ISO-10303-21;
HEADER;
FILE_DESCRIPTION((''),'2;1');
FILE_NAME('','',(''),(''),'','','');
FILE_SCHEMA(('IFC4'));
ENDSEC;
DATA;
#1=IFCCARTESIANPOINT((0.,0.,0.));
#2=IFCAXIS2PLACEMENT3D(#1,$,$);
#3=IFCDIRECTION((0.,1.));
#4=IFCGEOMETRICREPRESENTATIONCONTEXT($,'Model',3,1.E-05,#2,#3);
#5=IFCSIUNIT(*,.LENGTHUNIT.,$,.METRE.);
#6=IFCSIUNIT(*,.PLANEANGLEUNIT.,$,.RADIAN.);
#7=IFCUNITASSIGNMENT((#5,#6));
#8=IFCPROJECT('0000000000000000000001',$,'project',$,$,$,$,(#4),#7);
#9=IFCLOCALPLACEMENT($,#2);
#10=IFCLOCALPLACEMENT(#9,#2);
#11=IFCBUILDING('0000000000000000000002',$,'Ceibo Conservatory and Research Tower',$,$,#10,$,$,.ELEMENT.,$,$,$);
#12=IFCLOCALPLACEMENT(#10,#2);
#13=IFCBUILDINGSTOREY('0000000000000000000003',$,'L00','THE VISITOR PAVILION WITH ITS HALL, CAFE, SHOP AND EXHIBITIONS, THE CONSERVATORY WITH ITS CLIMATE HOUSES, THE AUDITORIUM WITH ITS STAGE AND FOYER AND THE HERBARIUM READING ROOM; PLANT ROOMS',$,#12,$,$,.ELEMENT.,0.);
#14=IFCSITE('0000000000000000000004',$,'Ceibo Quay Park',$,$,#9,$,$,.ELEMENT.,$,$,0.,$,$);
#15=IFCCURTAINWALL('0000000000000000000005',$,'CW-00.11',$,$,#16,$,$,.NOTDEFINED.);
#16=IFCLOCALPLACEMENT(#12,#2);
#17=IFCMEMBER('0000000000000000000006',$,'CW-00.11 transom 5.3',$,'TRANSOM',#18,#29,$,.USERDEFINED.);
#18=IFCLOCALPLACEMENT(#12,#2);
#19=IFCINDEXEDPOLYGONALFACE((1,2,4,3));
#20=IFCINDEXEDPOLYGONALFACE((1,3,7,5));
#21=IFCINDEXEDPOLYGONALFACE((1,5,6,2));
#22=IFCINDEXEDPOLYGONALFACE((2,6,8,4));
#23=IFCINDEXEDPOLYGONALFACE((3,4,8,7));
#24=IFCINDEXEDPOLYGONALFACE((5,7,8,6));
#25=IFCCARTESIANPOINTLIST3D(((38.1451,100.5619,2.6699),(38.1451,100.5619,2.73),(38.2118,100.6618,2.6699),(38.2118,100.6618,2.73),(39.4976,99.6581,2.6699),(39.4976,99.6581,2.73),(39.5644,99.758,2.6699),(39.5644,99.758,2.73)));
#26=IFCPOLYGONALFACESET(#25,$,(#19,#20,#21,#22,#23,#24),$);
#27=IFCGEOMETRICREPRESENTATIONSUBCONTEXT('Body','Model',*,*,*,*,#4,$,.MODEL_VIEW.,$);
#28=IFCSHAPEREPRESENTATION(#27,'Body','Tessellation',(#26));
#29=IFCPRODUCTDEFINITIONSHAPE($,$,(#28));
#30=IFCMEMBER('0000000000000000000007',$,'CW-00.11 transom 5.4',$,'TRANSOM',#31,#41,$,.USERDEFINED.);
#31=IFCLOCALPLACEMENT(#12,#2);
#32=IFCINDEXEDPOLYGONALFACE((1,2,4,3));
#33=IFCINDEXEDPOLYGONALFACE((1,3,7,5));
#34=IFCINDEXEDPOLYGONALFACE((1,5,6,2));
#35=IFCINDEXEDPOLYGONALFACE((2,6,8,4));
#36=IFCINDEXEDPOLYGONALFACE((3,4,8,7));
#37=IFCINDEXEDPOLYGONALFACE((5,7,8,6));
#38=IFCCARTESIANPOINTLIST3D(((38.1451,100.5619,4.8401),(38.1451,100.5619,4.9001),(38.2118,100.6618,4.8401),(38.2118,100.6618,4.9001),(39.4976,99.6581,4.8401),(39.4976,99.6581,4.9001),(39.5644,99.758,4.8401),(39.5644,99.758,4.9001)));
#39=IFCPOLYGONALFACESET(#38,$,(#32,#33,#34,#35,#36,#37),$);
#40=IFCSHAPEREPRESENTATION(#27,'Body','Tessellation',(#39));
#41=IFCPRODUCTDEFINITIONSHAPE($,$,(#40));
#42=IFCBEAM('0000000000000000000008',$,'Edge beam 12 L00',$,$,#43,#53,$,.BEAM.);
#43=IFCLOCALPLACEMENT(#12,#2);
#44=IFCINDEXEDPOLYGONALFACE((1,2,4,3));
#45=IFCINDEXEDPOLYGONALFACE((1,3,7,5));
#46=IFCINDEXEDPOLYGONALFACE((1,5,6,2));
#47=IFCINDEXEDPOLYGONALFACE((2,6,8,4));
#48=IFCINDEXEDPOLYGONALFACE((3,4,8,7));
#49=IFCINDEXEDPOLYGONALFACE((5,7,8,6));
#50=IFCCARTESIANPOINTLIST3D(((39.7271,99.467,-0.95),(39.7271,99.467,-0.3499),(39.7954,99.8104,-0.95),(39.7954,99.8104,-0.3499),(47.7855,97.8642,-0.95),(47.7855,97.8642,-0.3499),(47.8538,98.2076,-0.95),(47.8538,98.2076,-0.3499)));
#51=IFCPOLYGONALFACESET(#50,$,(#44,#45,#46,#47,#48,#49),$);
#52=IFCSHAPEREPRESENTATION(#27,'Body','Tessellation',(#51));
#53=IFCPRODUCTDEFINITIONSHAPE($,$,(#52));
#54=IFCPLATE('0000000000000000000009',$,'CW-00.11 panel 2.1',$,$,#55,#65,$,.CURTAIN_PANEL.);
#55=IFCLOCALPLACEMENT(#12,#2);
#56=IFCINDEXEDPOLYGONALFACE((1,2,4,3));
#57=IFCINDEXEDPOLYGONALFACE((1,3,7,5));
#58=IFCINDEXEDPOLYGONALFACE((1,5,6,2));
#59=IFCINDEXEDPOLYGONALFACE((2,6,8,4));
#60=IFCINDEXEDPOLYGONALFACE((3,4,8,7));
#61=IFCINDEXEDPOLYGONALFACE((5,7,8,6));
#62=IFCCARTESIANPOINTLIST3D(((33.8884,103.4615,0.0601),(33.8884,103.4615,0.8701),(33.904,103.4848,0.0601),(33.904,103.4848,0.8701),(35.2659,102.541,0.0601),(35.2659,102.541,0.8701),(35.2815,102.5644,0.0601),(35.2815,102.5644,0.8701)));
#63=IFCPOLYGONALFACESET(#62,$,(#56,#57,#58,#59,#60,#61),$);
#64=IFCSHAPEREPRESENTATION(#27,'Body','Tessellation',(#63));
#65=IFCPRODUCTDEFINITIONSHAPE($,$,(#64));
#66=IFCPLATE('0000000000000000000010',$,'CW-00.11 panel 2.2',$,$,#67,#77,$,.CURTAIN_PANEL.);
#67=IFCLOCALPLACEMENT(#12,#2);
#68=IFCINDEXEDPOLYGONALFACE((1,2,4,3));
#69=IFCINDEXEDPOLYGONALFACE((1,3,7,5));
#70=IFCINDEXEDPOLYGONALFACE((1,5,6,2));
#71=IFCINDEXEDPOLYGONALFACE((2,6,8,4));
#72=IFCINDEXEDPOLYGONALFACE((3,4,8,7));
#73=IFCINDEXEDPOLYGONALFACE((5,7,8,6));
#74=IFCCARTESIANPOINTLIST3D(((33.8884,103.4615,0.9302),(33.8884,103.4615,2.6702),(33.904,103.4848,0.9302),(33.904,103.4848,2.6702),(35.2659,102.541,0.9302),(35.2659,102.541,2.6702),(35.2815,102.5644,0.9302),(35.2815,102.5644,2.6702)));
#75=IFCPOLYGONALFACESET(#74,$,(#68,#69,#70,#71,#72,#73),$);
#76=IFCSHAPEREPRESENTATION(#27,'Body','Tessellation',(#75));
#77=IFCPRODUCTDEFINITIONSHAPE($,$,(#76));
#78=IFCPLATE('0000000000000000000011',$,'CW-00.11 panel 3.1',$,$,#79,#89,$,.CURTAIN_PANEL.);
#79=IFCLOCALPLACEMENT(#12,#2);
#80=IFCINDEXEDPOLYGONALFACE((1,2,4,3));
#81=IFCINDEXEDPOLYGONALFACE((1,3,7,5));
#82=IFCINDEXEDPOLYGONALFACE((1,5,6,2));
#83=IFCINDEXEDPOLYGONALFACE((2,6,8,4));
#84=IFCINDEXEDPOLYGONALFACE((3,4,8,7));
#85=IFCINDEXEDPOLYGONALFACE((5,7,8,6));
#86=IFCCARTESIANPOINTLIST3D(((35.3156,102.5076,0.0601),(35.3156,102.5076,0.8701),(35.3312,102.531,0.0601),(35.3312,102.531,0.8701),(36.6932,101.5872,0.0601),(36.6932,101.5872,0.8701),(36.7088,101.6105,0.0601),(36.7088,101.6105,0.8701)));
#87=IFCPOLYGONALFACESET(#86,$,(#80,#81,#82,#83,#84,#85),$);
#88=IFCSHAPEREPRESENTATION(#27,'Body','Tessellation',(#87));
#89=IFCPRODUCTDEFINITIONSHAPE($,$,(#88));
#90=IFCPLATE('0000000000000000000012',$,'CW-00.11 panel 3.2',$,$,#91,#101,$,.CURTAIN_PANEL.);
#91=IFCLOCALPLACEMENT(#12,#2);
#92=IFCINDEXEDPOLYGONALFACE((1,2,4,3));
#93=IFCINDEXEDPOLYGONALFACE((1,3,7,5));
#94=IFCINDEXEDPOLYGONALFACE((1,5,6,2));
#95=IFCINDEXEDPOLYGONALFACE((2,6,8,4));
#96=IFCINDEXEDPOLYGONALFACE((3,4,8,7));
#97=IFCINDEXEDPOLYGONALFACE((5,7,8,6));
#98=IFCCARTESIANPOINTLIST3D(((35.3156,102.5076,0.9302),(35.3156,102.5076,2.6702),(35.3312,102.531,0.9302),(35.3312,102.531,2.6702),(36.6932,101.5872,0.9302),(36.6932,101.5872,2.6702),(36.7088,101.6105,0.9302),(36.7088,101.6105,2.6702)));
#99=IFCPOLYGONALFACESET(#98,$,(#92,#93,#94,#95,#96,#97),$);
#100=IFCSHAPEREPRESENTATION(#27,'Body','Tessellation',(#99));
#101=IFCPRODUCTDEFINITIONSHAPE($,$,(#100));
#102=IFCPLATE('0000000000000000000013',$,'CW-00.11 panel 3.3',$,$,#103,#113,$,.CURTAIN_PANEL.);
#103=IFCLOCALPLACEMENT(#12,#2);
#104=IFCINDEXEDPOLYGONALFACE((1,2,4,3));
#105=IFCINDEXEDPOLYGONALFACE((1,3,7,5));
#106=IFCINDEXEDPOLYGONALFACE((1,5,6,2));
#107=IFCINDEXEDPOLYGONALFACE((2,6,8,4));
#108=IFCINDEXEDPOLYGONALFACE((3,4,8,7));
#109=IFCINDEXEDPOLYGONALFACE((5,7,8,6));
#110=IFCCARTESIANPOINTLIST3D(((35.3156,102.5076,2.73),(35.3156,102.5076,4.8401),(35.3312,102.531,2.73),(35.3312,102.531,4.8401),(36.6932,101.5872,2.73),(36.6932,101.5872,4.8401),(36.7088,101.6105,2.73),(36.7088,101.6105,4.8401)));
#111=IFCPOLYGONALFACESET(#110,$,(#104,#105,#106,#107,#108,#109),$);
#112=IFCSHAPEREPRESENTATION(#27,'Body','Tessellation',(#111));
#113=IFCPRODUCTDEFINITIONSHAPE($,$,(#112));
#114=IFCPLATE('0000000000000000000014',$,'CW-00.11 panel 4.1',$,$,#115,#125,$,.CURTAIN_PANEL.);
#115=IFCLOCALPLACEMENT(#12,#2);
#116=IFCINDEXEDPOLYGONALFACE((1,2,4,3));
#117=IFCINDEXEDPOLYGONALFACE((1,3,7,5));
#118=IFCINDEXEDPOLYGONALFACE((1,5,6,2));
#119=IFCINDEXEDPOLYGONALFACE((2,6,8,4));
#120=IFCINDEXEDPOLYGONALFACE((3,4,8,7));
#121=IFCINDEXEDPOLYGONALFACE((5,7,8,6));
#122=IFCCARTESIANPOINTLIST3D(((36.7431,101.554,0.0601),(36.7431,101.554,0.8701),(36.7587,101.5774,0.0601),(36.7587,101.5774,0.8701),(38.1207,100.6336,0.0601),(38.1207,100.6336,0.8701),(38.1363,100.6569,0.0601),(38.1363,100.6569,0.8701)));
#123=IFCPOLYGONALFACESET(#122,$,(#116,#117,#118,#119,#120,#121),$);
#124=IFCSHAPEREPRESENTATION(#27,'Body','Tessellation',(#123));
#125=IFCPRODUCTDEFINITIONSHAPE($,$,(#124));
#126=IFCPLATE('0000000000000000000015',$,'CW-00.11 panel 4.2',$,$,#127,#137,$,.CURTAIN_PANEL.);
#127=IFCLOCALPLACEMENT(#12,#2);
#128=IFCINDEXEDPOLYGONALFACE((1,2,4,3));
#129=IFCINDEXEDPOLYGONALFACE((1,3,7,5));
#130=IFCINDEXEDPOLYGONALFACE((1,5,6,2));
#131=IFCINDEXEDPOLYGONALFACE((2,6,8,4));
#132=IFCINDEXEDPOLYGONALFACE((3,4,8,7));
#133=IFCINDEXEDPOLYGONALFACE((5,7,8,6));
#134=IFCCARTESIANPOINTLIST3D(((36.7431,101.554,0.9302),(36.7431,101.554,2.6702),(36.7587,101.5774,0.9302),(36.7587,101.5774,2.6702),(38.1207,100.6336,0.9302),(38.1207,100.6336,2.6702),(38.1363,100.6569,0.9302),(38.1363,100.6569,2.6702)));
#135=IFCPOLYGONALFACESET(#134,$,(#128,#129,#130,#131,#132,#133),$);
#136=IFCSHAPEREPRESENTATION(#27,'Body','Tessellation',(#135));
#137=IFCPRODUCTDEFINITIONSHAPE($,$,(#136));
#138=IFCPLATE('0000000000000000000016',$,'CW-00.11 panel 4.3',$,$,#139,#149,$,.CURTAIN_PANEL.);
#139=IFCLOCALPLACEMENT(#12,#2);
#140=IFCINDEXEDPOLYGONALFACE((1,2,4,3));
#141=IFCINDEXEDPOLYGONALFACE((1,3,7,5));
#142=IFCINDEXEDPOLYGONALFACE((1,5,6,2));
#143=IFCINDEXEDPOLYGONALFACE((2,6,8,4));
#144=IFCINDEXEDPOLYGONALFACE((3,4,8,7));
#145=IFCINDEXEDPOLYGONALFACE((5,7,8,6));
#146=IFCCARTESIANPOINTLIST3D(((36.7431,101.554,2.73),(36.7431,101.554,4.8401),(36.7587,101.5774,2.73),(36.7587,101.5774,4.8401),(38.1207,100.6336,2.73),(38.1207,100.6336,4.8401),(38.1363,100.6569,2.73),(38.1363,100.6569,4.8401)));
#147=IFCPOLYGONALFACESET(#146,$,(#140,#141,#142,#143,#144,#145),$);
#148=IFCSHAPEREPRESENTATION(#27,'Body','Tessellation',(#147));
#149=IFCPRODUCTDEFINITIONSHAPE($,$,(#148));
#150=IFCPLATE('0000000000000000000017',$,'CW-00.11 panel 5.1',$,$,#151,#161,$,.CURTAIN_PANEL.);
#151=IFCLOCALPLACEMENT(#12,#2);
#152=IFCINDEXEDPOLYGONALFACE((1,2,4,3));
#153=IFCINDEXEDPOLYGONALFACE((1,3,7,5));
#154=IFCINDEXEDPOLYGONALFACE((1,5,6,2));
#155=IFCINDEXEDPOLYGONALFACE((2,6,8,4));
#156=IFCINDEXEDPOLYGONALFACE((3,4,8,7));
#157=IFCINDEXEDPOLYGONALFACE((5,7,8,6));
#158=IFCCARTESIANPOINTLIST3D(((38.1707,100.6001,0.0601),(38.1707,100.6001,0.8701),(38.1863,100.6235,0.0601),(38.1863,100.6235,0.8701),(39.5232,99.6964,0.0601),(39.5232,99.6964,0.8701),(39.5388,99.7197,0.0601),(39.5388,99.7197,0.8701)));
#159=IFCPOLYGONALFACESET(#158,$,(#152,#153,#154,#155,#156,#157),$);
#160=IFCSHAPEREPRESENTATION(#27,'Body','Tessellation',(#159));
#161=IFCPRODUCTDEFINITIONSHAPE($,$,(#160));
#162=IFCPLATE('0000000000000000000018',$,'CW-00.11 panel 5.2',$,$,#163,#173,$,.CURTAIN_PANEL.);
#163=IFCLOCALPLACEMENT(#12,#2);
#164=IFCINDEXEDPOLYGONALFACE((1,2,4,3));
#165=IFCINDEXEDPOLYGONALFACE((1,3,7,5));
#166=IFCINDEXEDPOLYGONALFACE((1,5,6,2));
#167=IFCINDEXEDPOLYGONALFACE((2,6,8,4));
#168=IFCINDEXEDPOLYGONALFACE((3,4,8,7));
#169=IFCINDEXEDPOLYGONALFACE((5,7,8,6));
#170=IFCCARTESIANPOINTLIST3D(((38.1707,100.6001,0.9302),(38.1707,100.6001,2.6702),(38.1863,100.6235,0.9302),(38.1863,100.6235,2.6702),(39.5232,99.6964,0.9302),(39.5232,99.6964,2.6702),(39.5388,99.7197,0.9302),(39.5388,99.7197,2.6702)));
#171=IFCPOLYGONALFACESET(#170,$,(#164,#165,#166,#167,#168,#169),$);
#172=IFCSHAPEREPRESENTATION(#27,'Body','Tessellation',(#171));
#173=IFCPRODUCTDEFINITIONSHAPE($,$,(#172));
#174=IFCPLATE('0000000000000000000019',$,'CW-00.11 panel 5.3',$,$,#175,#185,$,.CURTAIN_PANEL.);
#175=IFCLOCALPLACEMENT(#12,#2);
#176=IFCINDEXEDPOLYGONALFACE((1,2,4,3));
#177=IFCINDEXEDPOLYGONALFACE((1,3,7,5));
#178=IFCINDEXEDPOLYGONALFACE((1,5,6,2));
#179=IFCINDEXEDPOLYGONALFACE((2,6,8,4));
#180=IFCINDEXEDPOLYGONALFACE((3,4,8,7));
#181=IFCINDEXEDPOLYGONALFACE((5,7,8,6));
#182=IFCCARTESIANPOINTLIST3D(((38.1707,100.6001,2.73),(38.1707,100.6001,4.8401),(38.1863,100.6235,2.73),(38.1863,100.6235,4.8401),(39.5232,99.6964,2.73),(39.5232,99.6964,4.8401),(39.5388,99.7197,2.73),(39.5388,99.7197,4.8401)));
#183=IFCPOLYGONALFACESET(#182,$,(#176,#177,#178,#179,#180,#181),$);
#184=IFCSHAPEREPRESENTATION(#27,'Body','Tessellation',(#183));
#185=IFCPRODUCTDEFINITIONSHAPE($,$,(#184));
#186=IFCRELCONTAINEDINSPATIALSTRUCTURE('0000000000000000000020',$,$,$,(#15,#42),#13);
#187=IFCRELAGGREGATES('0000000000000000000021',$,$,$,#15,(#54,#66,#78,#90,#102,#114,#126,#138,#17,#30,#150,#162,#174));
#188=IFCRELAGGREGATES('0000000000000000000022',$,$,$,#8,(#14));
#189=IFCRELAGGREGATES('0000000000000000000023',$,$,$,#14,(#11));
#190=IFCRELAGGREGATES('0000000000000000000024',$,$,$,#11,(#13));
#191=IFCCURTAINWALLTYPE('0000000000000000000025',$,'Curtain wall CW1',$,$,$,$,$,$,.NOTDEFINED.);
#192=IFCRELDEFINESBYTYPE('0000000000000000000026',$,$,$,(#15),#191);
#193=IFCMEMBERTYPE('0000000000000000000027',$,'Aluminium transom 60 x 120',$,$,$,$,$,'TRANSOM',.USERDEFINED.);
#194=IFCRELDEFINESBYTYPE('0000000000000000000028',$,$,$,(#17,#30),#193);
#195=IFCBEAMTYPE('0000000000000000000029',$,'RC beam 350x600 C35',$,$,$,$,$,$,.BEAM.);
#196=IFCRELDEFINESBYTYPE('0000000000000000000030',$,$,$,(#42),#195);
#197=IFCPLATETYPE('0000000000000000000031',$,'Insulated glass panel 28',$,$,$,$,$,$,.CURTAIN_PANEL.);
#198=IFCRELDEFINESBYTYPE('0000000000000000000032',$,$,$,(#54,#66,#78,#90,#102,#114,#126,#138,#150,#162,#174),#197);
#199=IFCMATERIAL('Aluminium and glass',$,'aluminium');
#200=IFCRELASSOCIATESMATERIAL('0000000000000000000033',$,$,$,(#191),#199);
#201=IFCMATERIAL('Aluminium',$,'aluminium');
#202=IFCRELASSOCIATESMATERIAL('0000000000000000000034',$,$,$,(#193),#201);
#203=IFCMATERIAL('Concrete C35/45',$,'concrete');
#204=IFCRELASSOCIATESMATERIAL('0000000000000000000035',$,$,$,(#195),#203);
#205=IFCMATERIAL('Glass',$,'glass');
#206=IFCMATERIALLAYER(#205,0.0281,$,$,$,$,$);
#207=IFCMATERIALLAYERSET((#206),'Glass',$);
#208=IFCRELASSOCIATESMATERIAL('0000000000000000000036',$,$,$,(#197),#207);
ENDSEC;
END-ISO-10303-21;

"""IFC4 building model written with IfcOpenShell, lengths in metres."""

from ifc_helpers import new_model, si_unit, direction, frame, origin, origin_2d, place, context, subcontext, project, spatial, rectangle, extrude, material, layer, layer_set, material_profile, profile_set, type_object, element, aggregate, save


model = new_model("IFC4")

# Units and contexts
model_context = context("Model", 3, precision=1e-05, world=origin(), true_north=direction((0.0, 1.0)))
body_context = subcontext(model_context, "Body", "Model", "MODEL_VIEW")
ifc_project = project(units=[si_unit("LENGTHUNIT", "METRE"), si_unit("PLANEANGLEUNIT", "RADIAN")], contexts=[model_context])

# Site, building, storey
site_placement = place(None, origin())
site = spatial("IfcSite", under=ifc_project, at=site_placement, Name="Ceibo Quay Park", CompositionType="ELEMENT", RefElevation=0.0)
building_placement = place(site_placement, origin())
building = spatial("IfcBuilding", under=site, at=building_placement, Name="Ceibo Conservatory and Research Tower", CompositionType="ELEMENT")
storey_placement = place(building_placement, origin())
storey = spatial("IfcBuildingStorey", under=building, at=storey_placement, Name="L00", Description="THE VISITOR PAVILION WITH ITS HALL, CAFE, SHOP AND EXHIBITIONS, THE CONSERVATORY WITH ITS CLIMATE HOUSES, THE AUDITORIUM WITH ITS STAGE AND FOYER AND THE HERBARIUM READING ROOM; PLANT ROOMS", CompositionType="ELEMENT", Elevation=0.0)

# Curtain wall, members
ifc_material_1 = material(Name="Aluminium and glass", Category="aluminium")
curtain_wall_type = type_object("IfcCurtainWallType", Name="Curtain wall CW1", PredefinedType="NOTDEFINED", material=ifc_material_1)
curtain_wall_placement = place(storey_placement, origin())
curtain_wall = element("IfcCurtainWall", 1, at=curtain_wall_placement, inside=storey, type_object=curtain_wall_type, Name="CW-00.11", PredefinedType="NOTDEFINED")
ifc_material_2 = material(Name="Aluminium", Category="aluminium")
ifc_material_profile_1 = material_profile(ifc_material_2, rectangle(XDim=0.1201, YDim=0.0601, at=origin_2d()), Name="Aluminium 60 x 120")
ifc_profile_set_1 = profile_set([ifc_material_profile_1], Name="Aluminium")
member_type_1 = type_object("IfcMemberType", Name="Aluminium transom 60 x 120", ElementType="TRANSOM", PredefinedType="USERDEFINED", material=ifc_profile_set_1)
member_1_placement = place(storey_placement, frame((38.1785, 100.6118, 2.7), z_axis=(0.831449, -0.5556, 0.0), x_axis=(0.5556, 0.831449, 0.0)))
member_1 = element("IfcMember", 2, at=member_1_placement, type_object=member_type_1, Name="CW-00.11 transom 5.3", ObjectType="TRANSOM", PredefinedType="USERDEFINED", context=body_context, shape_type="SweptSolid", body=[
    extrude(rectangle(XDim=0.1201, YDim=0.0601, at=origin_2d()), origin(), (0.0, 0.0, 1.0), 1.6267),
])
member_2_placement = place(storey_placement, frame((38.1785, 100.6118, 4.8701), z_axis=(0.831449, -0.5556, 0.0), x_axis=(0.5556, 0.831449, 0.0)))
member_2 = element("IfcMember", 3, at=member_2_placement, type_object=member_type_1, Name="CW-00.11 transom 5.4", ObjectType="TRANSOM", PredefinedType="USERDEFINED", context=body_context, shape_type="SweptSolid", body=[
    extrude(rectangle(XDim=0.1201, YDim=0.0601, at=origin_2d()), origin(), (0.0, 0.0, 1.0), 1.6267),
])

# Beam
ifc_material_3 = material(Name="Concrete C35/45", Category="concrete")
ifc_material_profile_2 = material_profile(ifc_material_3, rectangle(XDim=0.3501, YDim=0.6001, at=origin_2d()), Name="RC 350x600")
ifc_profile_set_2 = profile_set([ifc_material_profile_2], Name="Concrete C35/45")
beam_type = type_object("IfcBeamType", Name="RC beam 350x600 C35", PredefinedType="BEAM", material=ifc_profile_set_2)
beam_placement = place(storey_placement, frame((39.7612, 99.6387, -0.6499), z_axis=(0.980788, -0.195076, 0.0), x_axis=(0.195076, 0.980788, 0.0)))
element("IfcBeam", 4, at=beam_placement, inside=storey, type_object=beam_type, Name="Edge beam 12 L00", PredefinedType="BEAM", context=body_context, shape_type="SweptSolid", body=[
    extrude(rectangle(XDim=0.3501, YDim=0.6001, at=origin_2d()), origin(), (0.0, 0.0, 1.0), 8.2163),
])

# Plates
ifc_material_4 = material(Name="Glass", Category="glass")
ifc_layer_1 = layer(ifc_material_4, 0.0281)
ifc_layer_set_1 = layer_set([ifc_layer_1], Name="Glass")
plate_type = type_object("IfcPlateType", Name="Insulated glass panel 28", PredefinedType="CURTAIN_PANEL", material=ifc_layer_set_1)
plate_1_placement = place(storey_placement, frame((34.585, 103.0129, 0.0601), z_axis=(0.0, 0.0, 1.0), x_axis=(0.83147, -0.55557, 0.0)))
plate_1 = element("IfcPlate", 5, at=plate_1_placement, type_object=plate_type, Name="CW-00.11 panel 2.1", PredefinedType="CURTAIN_PANEL", context=body_context, shape_type="SweptSolid", body=[
    extrude(rectangle(XDim=1.6567, YDim=0.0281, at=origin_2d()), origin(), (0.0, 0.0, 1.0), 0.8101),
])
plate_2_placement = place(storey_placement, frame((34.585, 103.0129, 0.9302), z_axis=(0.0, 0.0, 1.0), x_axis=(0.83147, -0.55557, 0.0)))
plate_2 = element("IfcPlate", 6, at=plate_2_placement, type_object=plate_type, Name="CW-00.11 panel 2.2", PredefinedType="CURTAIN_PANEL", context=body_context, shape_type="SweptSolid", body=[
    extrude(rectangle(XDim=1.6567, YDim=0.0281, at=origin_2d()), origin(), (0.0, 0.0, 1.0), 1.74),
])
plate_3_placement = place(storey_placement, frame((36.0122, 102.0591, 0.0601), z_axis=(0.0, 0.0, 1.0), x_axis=(0.83147, -0.55557, 0.0)))
plate_3 = element("IfcPlate", 7, at=plate_3_placement, type_object=plate_type, Name="CW-00.11 panel 3.1", PredefinedType="CURTAIN_PANEL", context=body_context, shape_type="SweptSolid", body=[
    extrude(rectangle(XDim=1.6567, YDim=0.0281, at=origin_2d()), origin(), (0.0, 0.0, 1.0), 0.8101),
])
plate_4_placement = place(storey_placement, frame((36.0122, 102.0591, 0.9302), z_axis=(0.0, 0.0, 1.0), x_axis=(0.83147, -0.55557, 0.0)))
plate_4 = element("IfcPlate", 8, at=plate_4_placement, type_object=plate_type, Name="CW-00.11 panel 3.2", PredefinedType="CURTAIN_PANEL", context=body_context, shape_type="SweptSolid", body=[
    extrude(rectangle(XDim=1.6567, YDim=0.0281, at=origin_2d()), origin(), (0.0, 0.0, 1.0), 1.74),
])
plate_5_placement = place(storey_placement, frame((36.0122, 102.0591, 2.73), z_axis=(0.0, 0.0, 1.0), x_axis=(0.83147, -0.55557, 0.0)))
plate_5 = element("IfcPlate", 9, at=plate_5_placement, type_object=plate_type, Name="CW-00.11 panel 3.3", PredefinedType="CURTAIN_PANEL", context=body_context, shape_type="SweptSolid", body=[
    extrude(rectangle(XDim=1.6567, YDim=0.0281, at=origin_2d()), origin(), (0.0, 0.0, 1.0), 2.1101),
])
plate_6_placement = place(storey_placement, frame((37.4397, 101.1055, 0.0601), z_axis=(0.0, 0.0, 1.0), x_axis=(0.83147, -0.55557, 0.0)))
plate_6 = element("IfcPlate", 10, at=plate_6_placement, type_object=plate_type, Name="CW-00.11 panel 4.1", PredefinedType="CURTAIN_PANEL", context=body_context, shape_type="SweptSolid", body=[
    extrude(rectangle(XDim=1.6567, YDim=0.0281, at=origin_2d()), origin(), (0.0, 0.0, 1.0), 0.8101),
])
plate_7_placement = place(storey_placement, frame((37.4397, 101.1055, 0.9302), z_axis=(0.0, 0.0, 1.0), x_axis=(0.83147, -0.55557, 0.0)))
plate_7 = element("IfcPlate", 11, at=plate_7_placement, type_object=plate_type, Name="CW-00.11 panel 4.2", PredefinedType="CURTAIN_PANEL", context=body_context, shape_type="SweptSolid", body=[
    extrude(rectangle(XDim=1.6567, YDim=0.0281, at=origin_2d()), origin(), (0.0, 0.0, 1.0), 1.74),
])
plate_8_placement = place(storey_placement, frame((37.4397, 101.1055, 2.73), z_axis=(0.0, 0.0, 1.0), x_axis=(0.83147, -0.55557, 0.0)))
plate_8 = element("IfcPlate", 12, at=plate_8_placement, type_object=plate_type, Name="CW-00.11 panel 4.3", PredefinedType="CURTAIN_PANEL", context=body_context, shape_type="SweptSolid", body=[
    extrude(rectangle(XDim=1.6567, YDim=0.0281, at=origin_2d()), origin(), (0.0, 0.0, 1.0), 2.1101),
])
plate_9_placement = place(storey_placement, frame((38.8547, 100.1599, 0.0601), z_axis=(0.0, 0.0, 1.0), x_axis=(0.83147, -0.55557, 0.0)))
plate_9 = element("IfcPlate", 13, at=plate_9_placement, type_object=plate_type, Name="CW-00.11 panel 5.1", PredefinedType="CURTAIN_PANEL", context=body_context, shape_type="SweptSolid", body=[
    extrude(rectangle(XDim=1.6267, YDim=0.0281, at=origin_2d()), origin(), (0.0, 0.0, 1.0), 0.8101),
])
plate_10_placement = place(storey_placement, frame((38.8547, 100.1599, 0.9302), z_axis=(0.0, 0.0, 1.0), x_axis=(0.83147, -0.55557, 0.0)))
plate_10 = element("IfcPlate", 14, at=plate_10_placement, type_object=plate_type, Name="CW-00.11 panel 5.2", PredefinedType="CURTAIN_PANEL", context=body_context, shape_type="SweptSolid", body=[
    extrude(rectangle(XDim=1.6267, YDim=0.0281, at=origin_2d()), origin(), (0.0, 0.0, 1.0), 1.74),
])
plate_11_placement = place(storey_placement, frame((38.8547, 100.1599, 2.73), z_axis=(0.0, 0.0, 1.0), x_axis=(0.83147, -0.55557, 0.0)))
plate_11 = element("IfcPlate", 15, at=plate_11_placement, type_object=plate_type, Name="CW-00.11 panel 5.3", PredefinedType="CURTAIN_PANEL", context=body_context, shape_type="SweptSolid", body=[
    extrude(rectangle(XDim=1.6267, YDim=0.0281, at=origin_2d()), origin(), (0.0, 0.0, 1.0), 2.1101),
])
aggregate(curtain_wall, [plate_1, plate_2, plate_3, plate_4, plate_5, plate_6, plate_7, plate_8, member_1, member_2, plate_9, plate_10, plate_11])

save(model, "model.ifc")
